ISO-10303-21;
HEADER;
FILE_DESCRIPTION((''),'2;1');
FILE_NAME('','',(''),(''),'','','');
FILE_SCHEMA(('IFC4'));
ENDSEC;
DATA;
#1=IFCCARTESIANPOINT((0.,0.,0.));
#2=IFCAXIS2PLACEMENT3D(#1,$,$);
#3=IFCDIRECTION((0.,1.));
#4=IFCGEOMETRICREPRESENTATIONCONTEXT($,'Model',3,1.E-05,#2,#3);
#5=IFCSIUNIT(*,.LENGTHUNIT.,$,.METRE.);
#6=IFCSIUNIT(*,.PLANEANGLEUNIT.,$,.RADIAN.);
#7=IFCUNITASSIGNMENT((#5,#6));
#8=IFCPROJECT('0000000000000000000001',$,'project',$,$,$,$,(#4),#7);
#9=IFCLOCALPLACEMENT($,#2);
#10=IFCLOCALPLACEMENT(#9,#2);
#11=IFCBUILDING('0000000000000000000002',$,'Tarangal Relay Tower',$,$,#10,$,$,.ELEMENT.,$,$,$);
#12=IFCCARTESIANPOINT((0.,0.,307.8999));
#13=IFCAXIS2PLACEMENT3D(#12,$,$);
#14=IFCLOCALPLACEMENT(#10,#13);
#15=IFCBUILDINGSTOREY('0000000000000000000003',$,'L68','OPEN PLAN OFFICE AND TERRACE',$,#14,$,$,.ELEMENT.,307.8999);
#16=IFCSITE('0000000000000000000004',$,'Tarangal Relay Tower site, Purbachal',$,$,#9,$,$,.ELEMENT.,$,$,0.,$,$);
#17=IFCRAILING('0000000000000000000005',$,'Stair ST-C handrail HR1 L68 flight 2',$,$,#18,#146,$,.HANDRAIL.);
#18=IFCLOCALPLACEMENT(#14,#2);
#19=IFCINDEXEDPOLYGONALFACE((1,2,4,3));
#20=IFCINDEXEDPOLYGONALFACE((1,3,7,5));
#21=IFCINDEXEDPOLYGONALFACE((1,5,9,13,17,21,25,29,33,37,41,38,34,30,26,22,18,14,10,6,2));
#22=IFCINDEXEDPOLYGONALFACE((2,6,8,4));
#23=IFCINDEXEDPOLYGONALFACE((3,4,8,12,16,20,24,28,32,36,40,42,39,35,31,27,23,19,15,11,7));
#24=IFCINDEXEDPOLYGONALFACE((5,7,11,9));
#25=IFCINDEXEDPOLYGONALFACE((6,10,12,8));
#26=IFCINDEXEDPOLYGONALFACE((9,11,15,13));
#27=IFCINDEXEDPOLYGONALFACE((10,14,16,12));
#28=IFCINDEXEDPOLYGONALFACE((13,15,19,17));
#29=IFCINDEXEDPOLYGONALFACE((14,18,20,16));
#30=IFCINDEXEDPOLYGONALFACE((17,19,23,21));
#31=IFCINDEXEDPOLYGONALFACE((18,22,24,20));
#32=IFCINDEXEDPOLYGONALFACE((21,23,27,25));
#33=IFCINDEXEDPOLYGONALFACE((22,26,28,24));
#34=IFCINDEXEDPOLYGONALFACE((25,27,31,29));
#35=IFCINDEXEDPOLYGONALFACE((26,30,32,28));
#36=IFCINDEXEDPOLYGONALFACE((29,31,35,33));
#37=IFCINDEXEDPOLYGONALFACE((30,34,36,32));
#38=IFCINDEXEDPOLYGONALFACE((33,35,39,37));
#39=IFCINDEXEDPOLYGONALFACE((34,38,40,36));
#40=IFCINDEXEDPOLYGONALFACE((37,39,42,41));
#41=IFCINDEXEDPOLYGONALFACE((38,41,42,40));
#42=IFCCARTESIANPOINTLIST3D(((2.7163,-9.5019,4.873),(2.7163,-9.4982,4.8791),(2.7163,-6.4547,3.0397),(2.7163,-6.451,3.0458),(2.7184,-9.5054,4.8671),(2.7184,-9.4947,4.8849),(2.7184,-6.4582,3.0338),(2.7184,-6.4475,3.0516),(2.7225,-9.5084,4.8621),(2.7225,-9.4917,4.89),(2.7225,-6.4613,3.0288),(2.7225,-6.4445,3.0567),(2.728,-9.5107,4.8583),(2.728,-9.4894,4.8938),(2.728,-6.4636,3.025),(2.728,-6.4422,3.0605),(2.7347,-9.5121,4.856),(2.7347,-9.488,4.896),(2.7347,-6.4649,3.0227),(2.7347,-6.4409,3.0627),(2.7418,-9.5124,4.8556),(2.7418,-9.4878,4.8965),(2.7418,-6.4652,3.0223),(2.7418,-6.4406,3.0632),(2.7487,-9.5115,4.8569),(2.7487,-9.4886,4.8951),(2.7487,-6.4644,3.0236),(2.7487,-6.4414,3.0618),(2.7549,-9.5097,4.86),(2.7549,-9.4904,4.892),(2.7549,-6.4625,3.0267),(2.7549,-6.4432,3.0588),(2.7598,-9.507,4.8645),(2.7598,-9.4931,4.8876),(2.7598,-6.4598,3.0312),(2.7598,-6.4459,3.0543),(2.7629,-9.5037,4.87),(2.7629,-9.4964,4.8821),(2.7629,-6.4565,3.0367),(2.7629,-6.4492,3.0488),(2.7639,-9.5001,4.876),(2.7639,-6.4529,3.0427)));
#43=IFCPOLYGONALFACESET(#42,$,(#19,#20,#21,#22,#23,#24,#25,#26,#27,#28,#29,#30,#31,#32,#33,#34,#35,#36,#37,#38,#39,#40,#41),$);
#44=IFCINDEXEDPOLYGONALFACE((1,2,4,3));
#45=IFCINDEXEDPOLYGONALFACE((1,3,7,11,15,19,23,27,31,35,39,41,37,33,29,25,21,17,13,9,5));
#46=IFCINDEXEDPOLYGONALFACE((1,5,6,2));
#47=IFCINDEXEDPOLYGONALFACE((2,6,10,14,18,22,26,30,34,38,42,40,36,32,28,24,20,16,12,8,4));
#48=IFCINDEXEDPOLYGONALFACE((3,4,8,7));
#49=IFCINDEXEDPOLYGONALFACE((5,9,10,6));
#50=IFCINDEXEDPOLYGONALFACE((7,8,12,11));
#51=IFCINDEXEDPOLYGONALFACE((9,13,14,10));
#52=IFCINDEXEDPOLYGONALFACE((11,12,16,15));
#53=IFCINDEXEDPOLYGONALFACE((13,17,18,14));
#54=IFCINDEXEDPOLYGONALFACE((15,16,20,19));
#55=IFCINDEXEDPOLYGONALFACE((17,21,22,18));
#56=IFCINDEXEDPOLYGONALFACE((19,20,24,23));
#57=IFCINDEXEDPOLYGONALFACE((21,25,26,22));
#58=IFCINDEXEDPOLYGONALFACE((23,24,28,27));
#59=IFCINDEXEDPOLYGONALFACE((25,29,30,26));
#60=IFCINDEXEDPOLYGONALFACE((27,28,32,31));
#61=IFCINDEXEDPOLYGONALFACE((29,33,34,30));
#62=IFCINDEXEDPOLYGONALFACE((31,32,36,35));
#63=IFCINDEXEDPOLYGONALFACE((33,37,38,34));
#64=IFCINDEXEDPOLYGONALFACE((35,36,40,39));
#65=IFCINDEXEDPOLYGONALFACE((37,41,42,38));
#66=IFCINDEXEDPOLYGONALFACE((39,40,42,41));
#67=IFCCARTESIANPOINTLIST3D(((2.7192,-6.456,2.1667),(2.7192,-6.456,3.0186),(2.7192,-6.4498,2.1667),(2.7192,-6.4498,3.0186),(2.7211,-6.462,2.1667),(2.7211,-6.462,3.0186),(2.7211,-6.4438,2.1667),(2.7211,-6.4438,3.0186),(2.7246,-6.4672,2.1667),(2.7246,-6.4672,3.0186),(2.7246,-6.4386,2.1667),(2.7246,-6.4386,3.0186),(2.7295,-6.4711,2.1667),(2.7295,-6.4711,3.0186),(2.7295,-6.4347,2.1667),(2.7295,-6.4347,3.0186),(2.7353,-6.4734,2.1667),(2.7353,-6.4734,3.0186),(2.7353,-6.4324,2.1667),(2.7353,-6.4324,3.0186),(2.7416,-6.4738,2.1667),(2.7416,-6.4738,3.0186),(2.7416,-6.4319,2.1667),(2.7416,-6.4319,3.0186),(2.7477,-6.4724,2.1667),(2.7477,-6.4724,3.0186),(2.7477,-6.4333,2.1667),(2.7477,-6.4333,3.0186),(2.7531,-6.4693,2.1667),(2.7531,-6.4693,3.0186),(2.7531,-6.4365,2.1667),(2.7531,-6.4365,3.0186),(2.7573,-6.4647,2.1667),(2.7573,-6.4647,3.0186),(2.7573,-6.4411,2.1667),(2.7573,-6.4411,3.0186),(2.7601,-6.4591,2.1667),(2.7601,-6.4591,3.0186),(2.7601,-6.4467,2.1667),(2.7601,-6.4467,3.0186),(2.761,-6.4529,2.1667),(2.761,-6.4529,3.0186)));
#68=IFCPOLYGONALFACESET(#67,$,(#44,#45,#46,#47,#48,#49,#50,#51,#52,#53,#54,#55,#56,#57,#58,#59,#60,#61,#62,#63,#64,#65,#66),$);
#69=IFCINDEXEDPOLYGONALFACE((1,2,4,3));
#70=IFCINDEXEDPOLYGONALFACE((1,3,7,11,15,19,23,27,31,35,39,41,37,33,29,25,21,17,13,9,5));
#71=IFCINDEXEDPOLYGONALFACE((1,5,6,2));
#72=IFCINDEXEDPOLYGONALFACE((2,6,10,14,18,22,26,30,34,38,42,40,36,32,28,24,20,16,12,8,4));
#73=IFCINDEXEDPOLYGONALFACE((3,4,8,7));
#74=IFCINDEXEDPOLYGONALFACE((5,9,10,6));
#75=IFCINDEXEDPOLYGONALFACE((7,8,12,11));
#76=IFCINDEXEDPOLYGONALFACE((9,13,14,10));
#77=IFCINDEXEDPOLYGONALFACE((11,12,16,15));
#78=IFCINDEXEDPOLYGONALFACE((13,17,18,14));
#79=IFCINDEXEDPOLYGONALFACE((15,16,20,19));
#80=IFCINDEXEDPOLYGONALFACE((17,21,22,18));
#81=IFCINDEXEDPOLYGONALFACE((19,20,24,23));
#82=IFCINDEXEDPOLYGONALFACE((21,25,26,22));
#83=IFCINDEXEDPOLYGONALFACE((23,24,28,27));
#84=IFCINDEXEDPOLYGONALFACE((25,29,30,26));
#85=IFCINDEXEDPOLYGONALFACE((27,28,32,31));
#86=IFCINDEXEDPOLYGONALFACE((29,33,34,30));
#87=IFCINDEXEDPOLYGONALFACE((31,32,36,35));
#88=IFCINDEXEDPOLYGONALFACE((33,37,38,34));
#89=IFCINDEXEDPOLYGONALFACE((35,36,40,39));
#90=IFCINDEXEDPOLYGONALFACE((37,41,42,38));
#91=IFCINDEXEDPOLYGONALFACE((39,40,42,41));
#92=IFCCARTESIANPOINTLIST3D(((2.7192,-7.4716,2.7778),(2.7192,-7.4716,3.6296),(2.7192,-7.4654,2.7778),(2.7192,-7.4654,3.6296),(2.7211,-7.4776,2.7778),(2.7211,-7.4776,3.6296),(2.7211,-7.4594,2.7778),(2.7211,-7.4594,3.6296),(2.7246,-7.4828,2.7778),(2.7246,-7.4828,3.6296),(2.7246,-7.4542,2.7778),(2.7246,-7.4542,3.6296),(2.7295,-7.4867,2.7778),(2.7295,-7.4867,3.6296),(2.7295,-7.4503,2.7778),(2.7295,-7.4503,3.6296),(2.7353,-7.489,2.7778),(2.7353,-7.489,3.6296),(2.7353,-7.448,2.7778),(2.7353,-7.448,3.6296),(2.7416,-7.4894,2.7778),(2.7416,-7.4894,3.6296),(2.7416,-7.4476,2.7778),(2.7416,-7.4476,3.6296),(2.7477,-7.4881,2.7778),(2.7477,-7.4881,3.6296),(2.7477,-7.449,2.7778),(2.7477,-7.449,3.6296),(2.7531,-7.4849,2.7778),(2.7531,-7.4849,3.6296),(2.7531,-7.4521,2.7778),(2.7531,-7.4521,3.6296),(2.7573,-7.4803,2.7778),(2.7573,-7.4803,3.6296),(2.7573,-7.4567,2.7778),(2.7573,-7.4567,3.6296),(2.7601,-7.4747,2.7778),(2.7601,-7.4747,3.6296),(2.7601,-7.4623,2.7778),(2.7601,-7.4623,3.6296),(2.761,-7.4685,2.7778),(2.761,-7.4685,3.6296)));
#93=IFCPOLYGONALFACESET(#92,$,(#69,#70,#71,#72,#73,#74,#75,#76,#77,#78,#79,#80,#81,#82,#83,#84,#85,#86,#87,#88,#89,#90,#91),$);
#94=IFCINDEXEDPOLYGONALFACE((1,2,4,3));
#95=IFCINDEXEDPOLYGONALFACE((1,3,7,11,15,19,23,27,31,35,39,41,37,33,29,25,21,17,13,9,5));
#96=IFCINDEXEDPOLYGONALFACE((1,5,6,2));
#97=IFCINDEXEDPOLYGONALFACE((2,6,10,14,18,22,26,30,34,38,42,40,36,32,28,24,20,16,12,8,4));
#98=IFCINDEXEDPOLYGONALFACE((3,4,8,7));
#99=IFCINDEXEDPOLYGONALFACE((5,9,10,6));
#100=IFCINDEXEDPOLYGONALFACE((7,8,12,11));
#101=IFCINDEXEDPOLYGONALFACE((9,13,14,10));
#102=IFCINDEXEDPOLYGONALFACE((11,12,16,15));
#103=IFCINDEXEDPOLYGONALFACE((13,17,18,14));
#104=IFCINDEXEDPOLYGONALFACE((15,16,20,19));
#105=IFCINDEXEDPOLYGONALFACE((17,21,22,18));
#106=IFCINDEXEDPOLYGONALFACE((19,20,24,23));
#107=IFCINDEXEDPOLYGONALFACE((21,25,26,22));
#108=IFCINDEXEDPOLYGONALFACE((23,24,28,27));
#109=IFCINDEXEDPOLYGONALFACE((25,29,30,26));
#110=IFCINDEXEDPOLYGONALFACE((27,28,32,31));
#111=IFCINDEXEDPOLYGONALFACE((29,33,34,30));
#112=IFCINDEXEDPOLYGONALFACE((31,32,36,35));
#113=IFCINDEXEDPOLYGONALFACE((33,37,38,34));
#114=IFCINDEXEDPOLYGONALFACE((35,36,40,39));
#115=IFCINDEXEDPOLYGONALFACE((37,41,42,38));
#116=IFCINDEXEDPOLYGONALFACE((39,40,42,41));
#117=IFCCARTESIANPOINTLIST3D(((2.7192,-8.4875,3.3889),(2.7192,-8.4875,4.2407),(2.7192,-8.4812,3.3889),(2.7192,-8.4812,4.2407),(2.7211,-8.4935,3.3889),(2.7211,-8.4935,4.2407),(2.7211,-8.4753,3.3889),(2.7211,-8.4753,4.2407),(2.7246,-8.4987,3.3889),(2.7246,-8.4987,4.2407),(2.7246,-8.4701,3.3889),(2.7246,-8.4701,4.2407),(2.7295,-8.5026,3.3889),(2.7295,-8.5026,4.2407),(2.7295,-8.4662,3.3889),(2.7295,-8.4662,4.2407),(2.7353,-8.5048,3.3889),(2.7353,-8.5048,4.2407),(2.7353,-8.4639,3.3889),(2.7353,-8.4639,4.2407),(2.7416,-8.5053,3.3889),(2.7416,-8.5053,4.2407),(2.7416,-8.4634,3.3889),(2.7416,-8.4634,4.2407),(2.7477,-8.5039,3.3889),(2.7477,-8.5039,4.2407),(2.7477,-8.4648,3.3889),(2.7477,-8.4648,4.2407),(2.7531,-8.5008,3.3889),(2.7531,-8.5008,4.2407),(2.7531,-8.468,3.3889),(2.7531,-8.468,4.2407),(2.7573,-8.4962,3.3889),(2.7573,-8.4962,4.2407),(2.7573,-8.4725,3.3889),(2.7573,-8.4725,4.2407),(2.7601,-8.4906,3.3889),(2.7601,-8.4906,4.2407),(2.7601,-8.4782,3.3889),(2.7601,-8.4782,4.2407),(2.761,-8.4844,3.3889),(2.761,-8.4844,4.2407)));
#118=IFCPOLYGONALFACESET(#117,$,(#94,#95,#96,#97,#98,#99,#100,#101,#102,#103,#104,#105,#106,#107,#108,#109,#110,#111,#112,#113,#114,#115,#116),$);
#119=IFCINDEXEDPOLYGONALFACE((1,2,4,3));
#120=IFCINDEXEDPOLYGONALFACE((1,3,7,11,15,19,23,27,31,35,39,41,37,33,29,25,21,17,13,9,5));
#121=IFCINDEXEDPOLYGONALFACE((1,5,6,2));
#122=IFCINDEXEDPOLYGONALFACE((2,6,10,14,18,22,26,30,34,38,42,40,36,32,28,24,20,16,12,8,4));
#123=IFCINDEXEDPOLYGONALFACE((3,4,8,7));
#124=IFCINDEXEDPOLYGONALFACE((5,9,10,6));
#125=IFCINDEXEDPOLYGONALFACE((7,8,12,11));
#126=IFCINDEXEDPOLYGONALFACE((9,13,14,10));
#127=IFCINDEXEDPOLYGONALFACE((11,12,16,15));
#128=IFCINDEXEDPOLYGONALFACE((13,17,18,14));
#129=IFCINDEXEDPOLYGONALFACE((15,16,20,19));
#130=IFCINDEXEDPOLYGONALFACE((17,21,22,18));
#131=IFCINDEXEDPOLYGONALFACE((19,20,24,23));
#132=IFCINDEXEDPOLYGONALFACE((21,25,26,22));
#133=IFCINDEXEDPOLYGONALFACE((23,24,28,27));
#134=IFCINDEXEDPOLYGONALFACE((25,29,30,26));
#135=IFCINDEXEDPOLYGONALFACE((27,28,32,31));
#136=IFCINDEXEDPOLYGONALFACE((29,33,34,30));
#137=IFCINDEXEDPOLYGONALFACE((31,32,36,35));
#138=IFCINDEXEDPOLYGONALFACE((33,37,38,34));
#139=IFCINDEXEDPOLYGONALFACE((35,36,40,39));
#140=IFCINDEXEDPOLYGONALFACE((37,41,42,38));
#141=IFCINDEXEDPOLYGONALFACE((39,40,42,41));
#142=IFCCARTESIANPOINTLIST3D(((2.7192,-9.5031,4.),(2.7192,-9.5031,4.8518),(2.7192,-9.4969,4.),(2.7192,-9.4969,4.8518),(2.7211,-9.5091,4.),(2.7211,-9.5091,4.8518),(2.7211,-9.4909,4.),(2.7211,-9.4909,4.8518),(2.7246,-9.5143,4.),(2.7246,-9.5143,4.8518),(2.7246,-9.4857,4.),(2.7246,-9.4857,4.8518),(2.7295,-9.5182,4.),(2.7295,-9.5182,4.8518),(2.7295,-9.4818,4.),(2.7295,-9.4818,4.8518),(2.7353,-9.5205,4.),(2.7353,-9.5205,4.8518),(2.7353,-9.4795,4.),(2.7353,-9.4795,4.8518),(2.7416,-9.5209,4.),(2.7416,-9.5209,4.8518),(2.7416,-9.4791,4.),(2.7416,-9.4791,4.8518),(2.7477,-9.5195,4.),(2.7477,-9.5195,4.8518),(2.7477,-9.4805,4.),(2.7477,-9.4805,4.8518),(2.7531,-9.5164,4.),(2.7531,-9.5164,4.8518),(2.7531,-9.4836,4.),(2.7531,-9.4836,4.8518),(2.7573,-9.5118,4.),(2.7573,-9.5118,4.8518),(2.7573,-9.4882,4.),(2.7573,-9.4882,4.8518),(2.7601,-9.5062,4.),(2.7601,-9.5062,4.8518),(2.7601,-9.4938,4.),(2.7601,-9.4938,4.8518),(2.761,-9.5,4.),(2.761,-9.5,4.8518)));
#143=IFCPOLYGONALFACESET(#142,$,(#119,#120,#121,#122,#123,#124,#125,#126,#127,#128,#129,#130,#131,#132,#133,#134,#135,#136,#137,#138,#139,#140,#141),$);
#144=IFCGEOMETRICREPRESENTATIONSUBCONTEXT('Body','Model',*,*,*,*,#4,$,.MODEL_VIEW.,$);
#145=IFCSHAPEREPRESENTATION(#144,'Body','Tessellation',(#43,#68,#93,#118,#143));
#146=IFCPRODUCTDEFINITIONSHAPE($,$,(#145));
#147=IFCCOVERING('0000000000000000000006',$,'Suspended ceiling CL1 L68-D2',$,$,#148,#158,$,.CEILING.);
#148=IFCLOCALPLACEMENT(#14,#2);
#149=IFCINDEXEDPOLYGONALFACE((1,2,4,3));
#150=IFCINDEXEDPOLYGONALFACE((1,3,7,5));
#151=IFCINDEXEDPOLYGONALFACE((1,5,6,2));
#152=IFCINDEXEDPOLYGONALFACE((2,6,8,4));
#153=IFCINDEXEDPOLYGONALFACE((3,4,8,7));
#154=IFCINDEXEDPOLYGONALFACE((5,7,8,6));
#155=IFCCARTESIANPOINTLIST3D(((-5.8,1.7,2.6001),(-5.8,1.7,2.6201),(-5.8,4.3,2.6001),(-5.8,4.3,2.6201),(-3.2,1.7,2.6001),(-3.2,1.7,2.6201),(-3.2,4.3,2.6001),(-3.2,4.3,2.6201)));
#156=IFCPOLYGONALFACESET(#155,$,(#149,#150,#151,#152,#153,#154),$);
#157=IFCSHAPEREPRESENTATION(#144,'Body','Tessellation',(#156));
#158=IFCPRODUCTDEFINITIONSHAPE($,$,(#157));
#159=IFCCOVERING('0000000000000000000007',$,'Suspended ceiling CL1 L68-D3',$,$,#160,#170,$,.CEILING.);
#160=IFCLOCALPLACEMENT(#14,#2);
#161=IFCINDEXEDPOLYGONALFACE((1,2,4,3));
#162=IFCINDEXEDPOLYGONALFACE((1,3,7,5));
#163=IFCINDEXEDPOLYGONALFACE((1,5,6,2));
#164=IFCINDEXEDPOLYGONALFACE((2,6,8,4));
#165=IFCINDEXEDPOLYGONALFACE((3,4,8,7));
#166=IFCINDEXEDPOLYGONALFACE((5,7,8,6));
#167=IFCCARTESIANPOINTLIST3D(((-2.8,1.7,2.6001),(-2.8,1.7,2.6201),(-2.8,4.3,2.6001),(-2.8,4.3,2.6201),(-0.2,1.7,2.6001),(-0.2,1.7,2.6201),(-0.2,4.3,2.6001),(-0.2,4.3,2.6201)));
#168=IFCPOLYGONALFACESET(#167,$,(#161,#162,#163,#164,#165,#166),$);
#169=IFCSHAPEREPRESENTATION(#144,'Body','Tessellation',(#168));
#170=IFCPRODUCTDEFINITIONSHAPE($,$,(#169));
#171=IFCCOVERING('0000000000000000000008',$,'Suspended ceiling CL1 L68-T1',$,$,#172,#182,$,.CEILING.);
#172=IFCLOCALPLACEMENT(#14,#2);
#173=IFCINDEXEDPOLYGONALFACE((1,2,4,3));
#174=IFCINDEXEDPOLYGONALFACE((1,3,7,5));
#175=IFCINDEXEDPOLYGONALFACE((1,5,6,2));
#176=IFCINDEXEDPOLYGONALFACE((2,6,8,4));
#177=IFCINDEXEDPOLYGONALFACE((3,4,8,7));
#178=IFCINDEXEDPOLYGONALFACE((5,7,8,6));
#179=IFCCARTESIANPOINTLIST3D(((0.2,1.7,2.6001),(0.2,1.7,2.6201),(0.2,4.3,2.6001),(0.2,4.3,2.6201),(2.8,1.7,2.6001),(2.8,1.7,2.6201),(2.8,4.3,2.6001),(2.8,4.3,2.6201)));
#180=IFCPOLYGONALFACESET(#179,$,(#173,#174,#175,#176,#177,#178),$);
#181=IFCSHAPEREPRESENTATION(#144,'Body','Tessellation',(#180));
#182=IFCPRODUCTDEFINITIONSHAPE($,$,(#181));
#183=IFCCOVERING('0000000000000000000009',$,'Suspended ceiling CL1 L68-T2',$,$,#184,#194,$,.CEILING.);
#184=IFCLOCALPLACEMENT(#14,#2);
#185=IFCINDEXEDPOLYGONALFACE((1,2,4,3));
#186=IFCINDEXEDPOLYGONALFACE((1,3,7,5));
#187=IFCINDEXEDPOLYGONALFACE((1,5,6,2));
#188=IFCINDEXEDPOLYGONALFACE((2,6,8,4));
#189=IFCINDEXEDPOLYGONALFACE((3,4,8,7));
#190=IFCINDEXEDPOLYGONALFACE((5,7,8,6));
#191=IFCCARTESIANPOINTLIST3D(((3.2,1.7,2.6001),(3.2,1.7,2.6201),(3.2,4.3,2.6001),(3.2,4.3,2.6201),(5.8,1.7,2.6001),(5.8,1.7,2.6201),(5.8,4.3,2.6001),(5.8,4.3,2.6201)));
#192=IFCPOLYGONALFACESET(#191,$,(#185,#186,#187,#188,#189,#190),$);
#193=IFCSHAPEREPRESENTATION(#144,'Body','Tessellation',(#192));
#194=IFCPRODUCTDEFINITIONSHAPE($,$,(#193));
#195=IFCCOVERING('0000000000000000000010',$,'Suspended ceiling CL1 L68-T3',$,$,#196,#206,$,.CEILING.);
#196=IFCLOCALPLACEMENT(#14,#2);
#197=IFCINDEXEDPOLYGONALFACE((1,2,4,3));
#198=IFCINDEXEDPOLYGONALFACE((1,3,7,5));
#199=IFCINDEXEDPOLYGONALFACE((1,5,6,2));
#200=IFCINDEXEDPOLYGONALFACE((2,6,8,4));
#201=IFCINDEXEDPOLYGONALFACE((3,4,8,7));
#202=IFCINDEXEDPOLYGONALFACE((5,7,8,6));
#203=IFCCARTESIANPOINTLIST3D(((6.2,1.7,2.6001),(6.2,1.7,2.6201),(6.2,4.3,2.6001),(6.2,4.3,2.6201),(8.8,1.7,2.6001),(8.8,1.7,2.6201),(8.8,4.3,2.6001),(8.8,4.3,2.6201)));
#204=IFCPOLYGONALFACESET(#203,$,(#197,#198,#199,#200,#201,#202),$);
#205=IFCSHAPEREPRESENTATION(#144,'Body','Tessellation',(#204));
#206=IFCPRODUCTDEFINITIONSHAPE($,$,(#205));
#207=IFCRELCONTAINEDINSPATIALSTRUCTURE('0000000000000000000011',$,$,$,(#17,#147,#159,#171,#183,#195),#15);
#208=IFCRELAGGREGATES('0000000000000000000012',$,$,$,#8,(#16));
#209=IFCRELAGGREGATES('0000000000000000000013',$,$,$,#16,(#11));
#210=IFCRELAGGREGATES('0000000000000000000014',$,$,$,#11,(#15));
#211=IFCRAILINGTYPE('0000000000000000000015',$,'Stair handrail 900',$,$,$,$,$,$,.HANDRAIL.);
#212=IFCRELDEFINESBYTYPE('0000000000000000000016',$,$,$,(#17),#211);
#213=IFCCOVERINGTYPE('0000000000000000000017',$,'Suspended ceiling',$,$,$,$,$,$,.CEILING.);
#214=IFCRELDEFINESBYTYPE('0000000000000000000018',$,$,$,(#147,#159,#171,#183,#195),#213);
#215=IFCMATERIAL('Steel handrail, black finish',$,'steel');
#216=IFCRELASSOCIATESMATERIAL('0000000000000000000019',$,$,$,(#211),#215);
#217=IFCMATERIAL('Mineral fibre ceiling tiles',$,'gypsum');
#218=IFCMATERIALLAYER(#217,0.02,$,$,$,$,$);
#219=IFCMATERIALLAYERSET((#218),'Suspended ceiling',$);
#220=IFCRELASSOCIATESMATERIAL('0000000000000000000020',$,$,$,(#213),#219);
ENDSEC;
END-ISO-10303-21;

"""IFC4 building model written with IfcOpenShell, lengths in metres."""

from ifc_helpers import new_model, si_unit, direction, frame, origin, origin_2d, place, context, subcontext, project, spatial, polyline, circle, outline, extrude, material, layer, layer_set, type_object, element, save


model = new_model("IFC4")

# Units and contexts
model_context = context("Model", 3, precision=1e-05, world=origin(), true_north=direction((0.0, 1.0)))
body_context = subcontext(model_context, "Body", "Model", "MODEL_VIEW")
ifc_project = project(units=[si_unit("LENGTHUNIT", "METRE"), si_unit("PLANEANGLEUNIT", "RADIAN")], contexts=[model_context])

# Site, building, storey
site_placement = place(None, origin())
site = spatial("IfcSite", under=ifc_project, at=site_placement, Name="Tarangal Relay Tower site, Purbachal", CompositionType="ELEMENT", RefElevation=0.0)
building_placement = place(site_placement, origin())
building = spatial("IfcBuilding", under=site, at=building_placement, Name="Tarangal Relay Tower", CompositionType="ELEMENT")
storey_placement = place(building_placement, frame((0.0, 0.0, 307.8999)))
storey = spatial("IfcBuildingStorey", under=building, at=storey_placement, Name="L68", Description="OPEN PLAN OFFICE AND TERRACE", CompositionType="ELEMENT", Elevation=307.8999)

# Railing
ifc_material_1 = material(Name="Steel handrail, black finish", Category="steel")
railing_type = type_object("IfcRailingType", Name="Stair handrail 900", PredefinedType="HANDRAIL", material=ifc_material_1)
railing_placement = place(storey_placement, frame((2.74, -6.4529, 2.1667)))
element("IfcRailing", 1, at=railing_placement, inside=storey, type_object=railing_type, Name="Stair ST-C handrail HR1 L68 flight 2", PredefinedType="HANDRAIL", context=body_context, shape_type="SweptSolid", body=[
    extrude(circle(Radius=0.0239, at=origin_2d()), frame((0.0, 0.0, 0.876), z_axis=(0.0, -0.856874, 0.515525), x_axis=(1.0, 0.0, 0.0)), (0.0, 0.0, 1.0), 3.5562),
    extrude(circle(Radius=0.021, at=origin_2d()), origin(), (0.0, 0.0, 1.0), 0.8518),
    extrude(circle(Radius=0.021, at=origin_2d()), frame((0.0, -1.0156, 0.6111)), (0.0, 0.0, 1.0), 0.8518),
    extrude(circle(Radius=0.021, at=origin_2d()), frame((0.0, -2.0315, 1.2222)), (0.0, 0.0, 1.0), 0.8518),
    extrude(circle(Radius=0.021, at=origin_2d()), frame((0.0, -3.0471, 1.8333)), (0.0, 0.0, 1.0), 0.8518),
])

# Coverings
ifc_material_2 = material(Name="Mineral fibre ceiling tiles", Category="gypsum")
ifc_layer_1 = layer(ifc_material_2, 0.02)
ifc_layer_set_1 = layer_set([ifc_layer_1], Name="Suspended ceiling")
covering_type_1 = type_object("IfcCoveringType", Name="Suspended ceiling", PredefinedType="CEILING", material=ifc_layer_set_1)
covering_1_placement = place(storey_placement, frame((0.0, 0.0, 2.6001)))
element("IfcCovering", 2, at=covering_1_placement, inside=storey, type_object=covering_type_1, Name="Suspended ceiling CL1 L68-D2", PredefinedType="CEILING", context=body_context, shape_type="SweptSolid", body=[
    extrude(outline(polyline([(-5.8, 1.7), (-3.2, 1.7), (-3.2, 4.3), (-5.8, 4.3), (-5.8, 1.7)])), origin(), (0.0, 0.0, 1.0), 0.02),
])
covering_2_placement = place(storey_placement, frame((0.0, 0.0, 2.6001)))
element("IfcCovering", 3, at=covering_2_placement, inside=storey, type_object=covering_type_1, Name="Suspended ceiling CL1 L68-D3", PredefinedType="CEILING", context=body_context, shape_type="SweptSolid", body=[
    extrude(outline(polyline([(-2.8, 1.7), (-0.2, 1.7), (-0.2, 4.3), (-2.8, 4.3), (-2.8, 1.7)])), origin(), (0.0, 0.0, 1.0), 0.02),
])
covering_3_placement = place(storey_placement, frame((0.0, 0.0, 2.6001)))
element("IfcCovering", 4, at=covering_3_placement, inside=storey, type_object=covering_type_1, Name="Suspended ceiling CL1 L68-T1", PredefinedType="CEILING", context=body_context, shape_type="SweptSolid", body=[
    extrude(outline(polyline([(0.2, 1.7), (2.8, 1.7), (2.8, 4.3), (0.2, 4.3), (0.2, 1.7)])), origin(), (0.0, 0.0, 1.0), 0.02),
])
covering_4_placement = place(storey_placement, frame((0.0, 0.0, 2.6001)))
element("IfcCovering", 5, at=covering_4_placement, inside=storey, type_object=covering_type_1, Name="Suspended ceiling CL1 L68-T2", PredefinedType="CEILING", context=body_context, shape_type="SweptSolid", body=[
    extrude(outline(polyline([(3.2, 1.7), (5.8, 1.7), (5.8, 4.3), (3.2, 4.3), (3.2, 1.7)])), origin(), (0.0, 0.0, 1.0), 0.02),
])
covering_5_placement = place(storey_placement, frame((0.0, 0.0, 2.6001)))
element("IfcCovering", 6, at=covering_5_placement, inside=storey, type_object=covering_type_1, Name="Suspended ceiling CL1 L68-T3", PredefinedType="CEILING", context=body_context, shape_type="SweptSolid", body=[
    extrude(outline(polyline([(6.2, 1.7), (8.8, 1.7), (8.8, 4.3), (6.2, 4.3), (6.2, 1.7)])), origin(), (0.0, 0.0, 1.0), 0.02),
])

save(model, "model.ifc")
